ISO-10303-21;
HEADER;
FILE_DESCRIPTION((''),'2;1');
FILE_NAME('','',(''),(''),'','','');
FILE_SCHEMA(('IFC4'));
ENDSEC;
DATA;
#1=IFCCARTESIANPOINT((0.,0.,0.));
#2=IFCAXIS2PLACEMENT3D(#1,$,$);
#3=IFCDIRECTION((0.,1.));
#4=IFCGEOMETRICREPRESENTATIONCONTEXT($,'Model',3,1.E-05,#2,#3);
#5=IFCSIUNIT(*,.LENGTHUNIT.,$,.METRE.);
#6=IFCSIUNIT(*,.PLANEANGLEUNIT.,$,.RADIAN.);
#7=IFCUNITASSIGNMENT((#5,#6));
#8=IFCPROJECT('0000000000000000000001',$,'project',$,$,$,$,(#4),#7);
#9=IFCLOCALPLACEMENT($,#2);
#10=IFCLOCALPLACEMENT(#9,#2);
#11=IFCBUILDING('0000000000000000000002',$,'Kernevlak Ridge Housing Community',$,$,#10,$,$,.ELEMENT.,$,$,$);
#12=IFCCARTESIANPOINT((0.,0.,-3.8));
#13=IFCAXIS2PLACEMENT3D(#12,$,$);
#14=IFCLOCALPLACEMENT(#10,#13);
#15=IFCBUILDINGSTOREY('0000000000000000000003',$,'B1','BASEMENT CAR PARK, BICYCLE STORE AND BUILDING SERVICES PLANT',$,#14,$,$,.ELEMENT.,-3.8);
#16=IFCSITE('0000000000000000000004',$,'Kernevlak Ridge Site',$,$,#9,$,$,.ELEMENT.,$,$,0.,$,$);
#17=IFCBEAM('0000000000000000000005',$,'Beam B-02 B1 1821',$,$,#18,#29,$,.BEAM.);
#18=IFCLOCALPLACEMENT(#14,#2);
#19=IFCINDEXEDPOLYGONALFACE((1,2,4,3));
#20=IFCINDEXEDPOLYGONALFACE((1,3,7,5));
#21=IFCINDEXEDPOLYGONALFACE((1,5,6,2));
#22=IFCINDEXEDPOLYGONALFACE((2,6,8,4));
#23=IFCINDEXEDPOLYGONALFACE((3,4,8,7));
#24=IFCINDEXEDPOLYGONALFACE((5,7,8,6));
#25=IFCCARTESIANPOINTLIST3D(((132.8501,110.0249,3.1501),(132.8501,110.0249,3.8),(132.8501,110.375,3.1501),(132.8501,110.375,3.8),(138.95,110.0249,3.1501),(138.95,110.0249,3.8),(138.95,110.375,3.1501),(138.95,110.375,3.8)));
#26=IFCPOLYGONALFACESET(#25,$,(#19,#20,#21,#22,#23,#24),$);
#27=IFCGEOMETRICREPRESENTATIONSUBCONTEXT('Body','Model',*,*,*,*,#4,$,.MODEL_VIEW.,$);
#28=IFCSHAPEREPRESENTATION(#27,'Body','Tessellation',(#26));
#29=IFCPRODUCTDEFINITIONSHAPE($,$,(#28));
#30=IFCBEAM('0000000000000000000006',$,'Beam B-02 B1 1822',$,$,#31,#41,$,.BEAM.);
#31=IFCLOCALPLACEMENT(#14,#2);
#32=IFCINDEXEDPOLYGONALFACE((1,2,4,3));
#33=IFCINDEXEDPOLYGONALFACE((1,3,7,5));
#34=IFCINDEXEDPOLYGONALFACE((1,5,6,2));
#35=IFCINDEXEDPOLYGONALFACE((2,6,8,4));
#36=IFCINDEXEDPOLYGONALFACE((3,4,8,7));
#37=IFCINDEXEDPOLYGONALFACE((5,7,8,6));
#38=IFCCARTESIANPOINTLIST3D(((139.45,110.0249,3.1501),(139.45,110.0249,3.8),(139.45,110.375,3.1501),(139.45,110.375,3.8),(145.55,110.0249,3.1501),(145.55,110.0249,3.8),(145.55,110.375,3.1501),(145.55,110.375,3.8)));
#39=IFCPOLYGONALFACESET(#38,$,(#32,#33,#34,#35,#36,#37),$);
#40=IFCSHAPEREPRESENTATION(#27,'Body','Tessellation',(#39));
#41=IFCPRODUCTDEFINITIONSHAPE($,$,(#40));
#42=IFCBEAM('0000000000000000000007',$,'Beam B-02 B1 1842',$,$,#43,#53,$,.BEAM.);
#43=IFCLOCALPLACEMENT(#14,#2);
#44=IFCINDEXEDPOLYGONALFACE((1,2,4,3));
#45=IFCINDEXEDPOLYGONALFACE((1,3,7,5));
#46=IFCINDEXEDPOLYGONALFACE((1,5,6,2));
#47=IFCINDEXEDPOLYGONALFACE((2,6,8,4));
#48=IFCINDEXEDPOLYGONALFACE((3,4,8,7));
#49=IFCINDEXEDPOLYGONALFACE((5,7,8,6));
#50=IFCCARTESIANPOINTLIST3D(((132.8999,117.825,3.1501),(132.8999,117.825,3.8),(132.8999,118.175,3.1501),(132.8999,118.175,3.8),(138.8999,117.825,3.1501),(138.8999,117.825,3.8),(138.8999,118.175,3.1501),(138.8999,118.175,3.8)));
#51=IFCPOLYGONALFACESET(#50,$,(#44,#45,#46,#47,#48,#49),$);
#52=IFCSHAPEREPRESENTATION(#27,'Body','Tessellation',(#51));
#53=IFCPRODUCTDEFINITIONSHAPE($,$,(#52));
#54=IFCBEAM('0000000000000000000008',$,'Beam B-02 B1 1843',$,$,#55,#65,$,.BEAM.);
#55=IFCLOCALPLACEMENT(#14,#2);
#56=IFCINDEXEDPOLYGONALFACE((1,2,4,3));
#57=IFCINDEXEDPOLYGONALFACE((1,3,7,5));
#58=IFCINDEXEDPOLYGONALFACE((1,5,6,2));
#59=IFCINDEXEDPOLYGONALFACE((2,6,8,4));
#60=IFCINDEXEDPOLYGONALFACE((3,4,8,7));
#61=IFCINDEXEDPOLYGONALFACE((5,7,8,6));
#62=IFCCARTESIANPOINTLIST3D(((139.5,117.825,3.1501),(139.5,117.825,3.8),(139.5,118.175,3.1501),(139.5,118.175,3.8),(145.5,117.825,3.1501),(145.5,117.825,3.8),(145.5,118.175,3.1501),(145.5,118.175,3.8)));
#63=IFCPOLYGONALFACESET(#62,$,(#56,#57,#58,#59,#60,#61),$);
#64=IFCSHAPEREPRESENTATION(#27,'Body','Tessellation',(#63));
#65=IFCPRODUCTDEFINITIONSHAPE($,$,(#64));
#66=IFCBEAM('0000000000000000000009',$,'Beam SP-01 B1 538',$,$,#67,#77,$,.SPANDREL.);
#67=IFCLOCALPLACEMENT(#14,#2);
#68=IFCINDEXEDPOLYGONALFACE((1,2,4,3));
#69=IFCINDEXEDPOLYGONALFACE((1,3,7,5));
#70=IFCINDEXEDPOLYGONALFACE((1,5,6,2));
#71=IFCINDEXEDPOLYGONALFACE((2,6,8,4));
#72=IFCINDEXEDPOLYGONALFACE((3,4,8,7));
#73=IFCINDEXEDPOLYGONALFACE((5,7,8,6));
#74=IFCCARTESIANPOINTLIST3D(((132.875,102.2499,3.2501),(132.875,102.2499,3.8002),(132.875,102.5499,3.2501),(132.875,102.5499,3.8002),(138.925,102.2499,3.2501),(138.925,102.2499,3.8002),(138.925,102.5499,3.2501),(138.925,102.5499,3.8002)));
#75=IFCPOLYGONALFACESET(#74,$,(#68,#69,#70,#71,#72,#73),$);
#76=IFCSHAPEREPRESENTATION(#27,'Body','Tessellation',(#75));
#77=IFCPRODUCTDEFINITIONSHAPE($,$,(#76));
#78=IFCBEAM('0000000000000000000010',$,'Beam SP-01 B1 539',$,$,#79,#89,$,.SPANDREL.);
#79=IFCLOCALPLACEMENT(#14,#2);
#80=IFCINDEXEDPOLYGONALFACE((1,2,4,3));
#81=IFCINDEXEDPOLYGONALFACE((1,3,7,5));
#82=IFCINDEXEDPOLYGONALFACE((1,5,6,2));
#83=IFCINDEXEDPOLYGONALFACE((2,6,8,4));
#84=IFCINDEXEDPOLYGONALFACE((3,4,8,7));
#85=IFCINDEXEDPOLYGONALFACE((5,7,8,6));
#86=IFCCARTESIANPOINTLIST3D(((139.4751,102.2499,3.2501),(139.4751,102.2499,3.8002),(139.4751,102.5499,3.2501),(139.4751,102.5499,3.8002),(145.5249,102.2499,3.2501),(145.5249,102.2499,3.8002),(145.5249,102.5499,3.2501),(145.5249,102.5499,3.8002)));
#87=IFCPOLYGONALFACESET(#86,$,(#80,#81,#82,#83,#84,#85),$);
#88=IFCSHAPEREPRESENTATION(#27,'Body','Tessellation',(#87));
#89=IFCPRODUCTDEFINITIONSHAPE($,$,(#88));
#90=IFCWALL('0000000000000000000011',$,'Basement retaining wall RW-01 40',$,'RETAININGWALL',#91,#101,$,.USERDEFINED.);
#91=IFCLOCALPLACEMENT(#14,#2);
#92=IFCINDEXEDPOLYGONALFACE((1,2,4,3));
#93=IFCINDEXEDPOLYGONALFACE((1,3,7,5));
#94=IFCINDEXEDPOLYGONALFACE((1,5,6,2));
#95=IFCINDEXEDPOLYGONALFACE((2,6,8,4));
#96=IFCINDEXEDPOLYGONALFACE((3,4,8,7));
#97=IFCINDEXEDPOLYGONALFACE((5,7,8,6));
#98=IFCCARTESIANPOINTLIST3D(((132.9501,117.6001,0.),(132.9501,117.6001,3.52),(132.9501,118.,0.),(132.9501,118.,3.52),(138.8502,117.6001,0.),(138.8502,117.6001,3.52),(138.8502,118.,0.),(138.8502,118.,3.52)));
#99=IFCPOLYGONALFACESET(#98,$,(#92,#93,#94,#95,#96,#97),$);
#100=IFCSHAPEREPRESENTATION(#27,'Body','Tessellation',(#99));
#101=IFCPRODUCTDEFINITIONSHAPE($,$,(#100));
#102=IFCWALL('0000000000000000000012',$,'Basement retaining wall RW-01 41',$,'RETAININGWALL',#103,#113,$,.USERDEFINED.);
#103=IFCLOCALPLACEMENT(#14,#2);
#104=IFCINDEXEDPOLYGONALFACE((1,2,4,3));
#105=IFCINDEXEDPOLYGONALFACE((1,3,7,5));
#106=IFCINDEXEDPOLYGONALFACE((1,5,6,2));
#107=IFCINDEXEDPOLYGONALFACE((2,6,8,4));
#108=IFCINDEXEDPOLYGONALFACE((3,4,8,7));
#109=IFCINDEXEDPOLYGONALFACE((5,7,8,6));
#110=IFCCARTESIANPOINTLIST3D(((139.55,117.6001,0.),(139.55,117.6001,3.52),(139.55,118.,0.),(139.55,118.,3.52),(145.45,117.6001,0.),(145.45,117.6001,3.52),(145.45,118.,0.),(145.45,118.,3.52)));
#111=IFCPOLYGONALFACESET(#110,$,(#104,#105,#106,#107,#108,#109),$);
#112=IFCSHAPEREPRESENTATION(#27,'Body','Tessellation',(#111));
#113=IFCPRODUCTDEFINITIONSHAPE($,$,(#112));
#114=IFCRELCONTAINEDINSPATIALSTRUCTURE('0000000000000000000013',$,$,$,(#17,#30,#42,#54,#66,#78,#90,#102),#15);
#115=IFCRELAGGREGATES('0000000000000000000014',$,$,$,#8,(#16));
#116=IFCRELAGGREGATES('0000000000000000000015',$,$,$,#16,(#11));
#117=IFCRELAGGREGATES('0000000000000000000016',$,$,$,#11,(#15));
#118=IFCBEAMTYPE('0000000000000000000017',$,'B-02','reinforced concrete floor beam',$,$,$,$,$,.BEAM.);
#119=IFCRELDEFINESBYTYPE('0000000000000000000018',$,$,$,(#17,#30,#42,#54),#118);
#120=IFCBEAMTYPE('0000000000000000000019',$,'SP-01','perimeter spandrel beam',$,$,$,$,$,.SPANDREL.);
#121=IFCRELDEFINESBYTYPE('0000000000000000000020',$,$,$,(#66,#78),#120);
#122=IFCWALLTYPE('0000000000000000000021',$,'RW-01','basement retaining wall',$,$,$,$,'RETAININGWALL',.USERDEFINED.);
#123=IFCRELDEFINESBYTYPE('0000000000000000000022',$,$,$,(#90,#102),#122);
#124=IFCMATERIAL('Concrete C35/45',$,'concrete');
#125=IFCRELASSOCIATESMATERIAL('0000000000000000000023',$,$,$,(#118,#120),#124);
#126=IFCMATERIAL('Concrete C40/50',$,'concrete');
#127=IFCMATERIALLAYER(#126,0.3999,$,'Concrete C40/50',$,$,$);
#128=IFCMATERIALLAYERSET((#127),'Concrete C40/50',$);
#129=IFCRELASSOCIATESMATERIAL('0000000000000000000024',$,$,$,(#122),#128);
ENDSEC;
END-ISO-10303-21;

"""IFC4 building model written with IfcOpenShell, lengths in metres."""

from ifc_helpers import new_model, si_unit, direction, frame, frame_2d, origin, origin_2d, place, context, subcontext, project, spatial, rectangle, extrude, material, layer, layer_set, material_profile, profile_set, type_object, element, save


model = new_model("IFC4")

# Units and contexts
model_context = context("Model", 3, precision=1e-05, world=origin(), true_north=direction((0.0, 1.0)))
body_context = subcontext(model_context, "Body", "Model", "MODEL_VIEW")
ifc_project = project(units=[si_unit("LENGTHUNIT", "METRE"), si_unit("PLANEANGLEUNIT", "RADIAN")], contexts=[model_context])

# Site, building, storey
site_placement = place(None, origin())
site = spatial("IfcSite", under=ifc_project, at=site_placement, Name="Kernevlak Ridge Site", CompositionType="ELEMENT", RefElevation=0.0)
building_placement = place(site_placement, origin())
building = spatial("IfcBuilding", under=site, at=building_placement, Name="Kernevlak Ridge Housing Community", CompositionType="ELEMENT")
storey_placement = place(building_placement, frame((0.0, 0.0, -3.8)))
storey = spatial("IfcBuildingStorey", under=building, at=storey_placement, Name="B1", Description="BASEMENT CAR PARK, BICYCLE STORE AND BUILDING SERVICES PLANT", CompositionType="ELEMENT", Elevation=-3.8)

# Shared definitions
ifc_material_1 = material(Name="Concrete C35/45", Category="concrete")

# Shared definitions
ifc_material_2 = material(Name="Concrete C40/50", Category="concrete")

# Beams
ifc_material_profile_1 = material_profile(ifc_material_1, rectangle(XDim=0.3501, YDim=0.6499, at=origin_2d()), Name="RC 350x650")
ifc_profile_set_1 = profile_set([ifc_material_profile_1], Name="Concrete C35/45")
beam_type_1 = type_object("IfcBeamType", Name="B-02", Description="reinforced concrete floor beam", PredefinedType="BEAM", material=ifc_profile_set_1)
beam_1_placement = place(storey_placement, frame((132.8501, 110.2, 3.4751), z_axis=(1.0, 0.0, 0.0), x_axis=(0.0, 1.0, 0.0)))
element("IfcBeam", 1, at=beam_1_placement, inside=storey, type_object=beam_type_1, Name="Beam B-02 B1 1821", PredefinedType="BEAM", context=body_context, shape_type="SweptSolid", body=[
    extrude(rectangle(XDim=0.3501, YDim=0.6499, at=origin_2d()), origin(), (0.0, 0.0, 1.0), 6.0999),
])
beam_2_placement = place(storey_placement, frame((139.45, 110.2, 3.4751), z_axis=(1.0, 0.0, 0.0), x_axis=(0.0, 1.0, 0.0)))
element("IfcBeam", 2, at=beam_2_placement, inside=storey, type_object=beam_type_1, Name="Beam B-02 B1 1822", PredefinedType="BEAM", context=body_context, shape_type="SweptSolid", body=[
    extrude(rectangle(XDim=0.3501, YDim=0.6499, at=origin_2d()), origin(), (0.0, 0.0, 1.0), 6.1001),
])
for number, where, z_axis, x_axis, name in (
    (3, (132.8999, 118.0, 3.4751), (1.0, 0.0, 0.0), (0.0, 1.0, 0.0), "Beam B-02 B1 1842"),
    (4, (139.5, 118.0, 3.4751), (1.0, 0.0, 0.0), (0.0, 1.0, 0.0), "Beam B-02 B1 1843"),
):
    element("IfcBeam", number, at=place(storey_placement, frame(where, z_axis=z_axis, x_axis=x_axis)), inside=storey, type_object=beam_type_1, Name=name, PredefinedType="BEAM", context=body_context, shape_type="SweptSolid", body=[
        extrude(rectangle(XDim=0.3501, YDim=0.6499, at=origin_2d()), origin(), (0.0, 0.0, 1.0), 6.0),
    ])
ifc_material_profile_2 = material_profile(ifc_material_1, rectangle(XDim=0.3, YDim=0.55, at=origin_2d()), Name="RC 300x550")
ifc_profile_set_2 = profile_set([ifc_material_profile_2], Name="Concrete C35/45")
beam_type_2 = type_object("IfcBeamType", Name="SP-01", Description="perimeter spandrel beam", PredefinedType="SPANDREL", material=ifc_profile_set_2)
beam_3_placement = place(storey_placement, frame((132.875, 102.3999, 3.5251), z_axis=(1.0, 0.0, 0.0), x_axis=(0.0, 1.0, 0.0)))
element("IfcBeam", 5, at=beam_3_placement, inside=storey, type_object=beam_type_2, Name="Beam SP-01 B1 538", PredefinedType="SPANDREL", context=body_context, shape_type="SweptSolid", body=[
    extrude(rectangle(XDim=0.3, YDim=0.55, at=origin_2d()), origin(), (0.0, 0.0, 1.0), 6.05),
])
beam_4_placement = place(storey_placement, frame((139.4751, 102.3999, 3.5251), z_axis=(1.0, 0.0, 0.0), x_axis=(0.0, 1.0, 0.0)))
element("IfcBeam", 6, at=beam_4_placement, inside=storey, type_object=beam_type_2, Name="Beam SP-01 B1 539", PredefinedType="SPANDREL", context=body_context, shape_type="SweptSolid", body=[
    extrude(rectangle(XDim=0.3, YDim=0.55, at=origin_2d()), origin(), (0.0, 0.0, 1.0), 6.0498),
])

# Walls
ifc_layer = layer(ifc_material_2, 0.3999, Name="Concrete C40/50")
ifc_layer_set = layer_set([ifc_layer], Name="Concrete C40/50")
wall_type = type_object("IfcWallType", Name="RW-01", Description="basement retaining wall", ElementType="RETAININGWALL", PredefinedType="USERDEFINED", material=ifc_layer_set)
wall_1_placement = place(storey_placement, frame((132.95, 117.8, 0.0), z_axis=(0.0, 0.0, 1.0), x_axis=(1.0, 0.0, 0.0)))
element("IfcWall", 7, at=wall_1_placement, inside=storey, type_object=wall_type, Name="Basement retaining wall RW-01 40", ObjectType="RETAININGWALL", PredefinedType="USERDEFINED", context=body_context, shape_type="SweptSolid", body=[
    extrude(rectangle(XDim=5.9001, YDim=0.3999, at=frame_2d((2.9502, 0.0))), origin(), (0.0, 0.0, 1.0), 3.52),
])
wall_2_placement = place(storey_placement, frame((139.55, 117.8, 0.0), z_axis=(0.0, 0.0, 1.0), x_axis=(1.0, 0.0, 0.0)))
element("IfcWall", 8, at=wall_2_placement, inside=storey, type_object=wall_type, Name="Basement retaining wall RW-01 41", ObjectType="RETAININGWALL", PredefinedType="USERDEFINED", context=body_context, shape_type="SweptSolid", body=[
    extrude(rectangle(XDim=5.8999, YDim=0.3999, at=frame_2d((2.95, 0.0))), origin(), (0.0, 0.0, 1.0), 3.52),
])

save(model, "model.ifc")
